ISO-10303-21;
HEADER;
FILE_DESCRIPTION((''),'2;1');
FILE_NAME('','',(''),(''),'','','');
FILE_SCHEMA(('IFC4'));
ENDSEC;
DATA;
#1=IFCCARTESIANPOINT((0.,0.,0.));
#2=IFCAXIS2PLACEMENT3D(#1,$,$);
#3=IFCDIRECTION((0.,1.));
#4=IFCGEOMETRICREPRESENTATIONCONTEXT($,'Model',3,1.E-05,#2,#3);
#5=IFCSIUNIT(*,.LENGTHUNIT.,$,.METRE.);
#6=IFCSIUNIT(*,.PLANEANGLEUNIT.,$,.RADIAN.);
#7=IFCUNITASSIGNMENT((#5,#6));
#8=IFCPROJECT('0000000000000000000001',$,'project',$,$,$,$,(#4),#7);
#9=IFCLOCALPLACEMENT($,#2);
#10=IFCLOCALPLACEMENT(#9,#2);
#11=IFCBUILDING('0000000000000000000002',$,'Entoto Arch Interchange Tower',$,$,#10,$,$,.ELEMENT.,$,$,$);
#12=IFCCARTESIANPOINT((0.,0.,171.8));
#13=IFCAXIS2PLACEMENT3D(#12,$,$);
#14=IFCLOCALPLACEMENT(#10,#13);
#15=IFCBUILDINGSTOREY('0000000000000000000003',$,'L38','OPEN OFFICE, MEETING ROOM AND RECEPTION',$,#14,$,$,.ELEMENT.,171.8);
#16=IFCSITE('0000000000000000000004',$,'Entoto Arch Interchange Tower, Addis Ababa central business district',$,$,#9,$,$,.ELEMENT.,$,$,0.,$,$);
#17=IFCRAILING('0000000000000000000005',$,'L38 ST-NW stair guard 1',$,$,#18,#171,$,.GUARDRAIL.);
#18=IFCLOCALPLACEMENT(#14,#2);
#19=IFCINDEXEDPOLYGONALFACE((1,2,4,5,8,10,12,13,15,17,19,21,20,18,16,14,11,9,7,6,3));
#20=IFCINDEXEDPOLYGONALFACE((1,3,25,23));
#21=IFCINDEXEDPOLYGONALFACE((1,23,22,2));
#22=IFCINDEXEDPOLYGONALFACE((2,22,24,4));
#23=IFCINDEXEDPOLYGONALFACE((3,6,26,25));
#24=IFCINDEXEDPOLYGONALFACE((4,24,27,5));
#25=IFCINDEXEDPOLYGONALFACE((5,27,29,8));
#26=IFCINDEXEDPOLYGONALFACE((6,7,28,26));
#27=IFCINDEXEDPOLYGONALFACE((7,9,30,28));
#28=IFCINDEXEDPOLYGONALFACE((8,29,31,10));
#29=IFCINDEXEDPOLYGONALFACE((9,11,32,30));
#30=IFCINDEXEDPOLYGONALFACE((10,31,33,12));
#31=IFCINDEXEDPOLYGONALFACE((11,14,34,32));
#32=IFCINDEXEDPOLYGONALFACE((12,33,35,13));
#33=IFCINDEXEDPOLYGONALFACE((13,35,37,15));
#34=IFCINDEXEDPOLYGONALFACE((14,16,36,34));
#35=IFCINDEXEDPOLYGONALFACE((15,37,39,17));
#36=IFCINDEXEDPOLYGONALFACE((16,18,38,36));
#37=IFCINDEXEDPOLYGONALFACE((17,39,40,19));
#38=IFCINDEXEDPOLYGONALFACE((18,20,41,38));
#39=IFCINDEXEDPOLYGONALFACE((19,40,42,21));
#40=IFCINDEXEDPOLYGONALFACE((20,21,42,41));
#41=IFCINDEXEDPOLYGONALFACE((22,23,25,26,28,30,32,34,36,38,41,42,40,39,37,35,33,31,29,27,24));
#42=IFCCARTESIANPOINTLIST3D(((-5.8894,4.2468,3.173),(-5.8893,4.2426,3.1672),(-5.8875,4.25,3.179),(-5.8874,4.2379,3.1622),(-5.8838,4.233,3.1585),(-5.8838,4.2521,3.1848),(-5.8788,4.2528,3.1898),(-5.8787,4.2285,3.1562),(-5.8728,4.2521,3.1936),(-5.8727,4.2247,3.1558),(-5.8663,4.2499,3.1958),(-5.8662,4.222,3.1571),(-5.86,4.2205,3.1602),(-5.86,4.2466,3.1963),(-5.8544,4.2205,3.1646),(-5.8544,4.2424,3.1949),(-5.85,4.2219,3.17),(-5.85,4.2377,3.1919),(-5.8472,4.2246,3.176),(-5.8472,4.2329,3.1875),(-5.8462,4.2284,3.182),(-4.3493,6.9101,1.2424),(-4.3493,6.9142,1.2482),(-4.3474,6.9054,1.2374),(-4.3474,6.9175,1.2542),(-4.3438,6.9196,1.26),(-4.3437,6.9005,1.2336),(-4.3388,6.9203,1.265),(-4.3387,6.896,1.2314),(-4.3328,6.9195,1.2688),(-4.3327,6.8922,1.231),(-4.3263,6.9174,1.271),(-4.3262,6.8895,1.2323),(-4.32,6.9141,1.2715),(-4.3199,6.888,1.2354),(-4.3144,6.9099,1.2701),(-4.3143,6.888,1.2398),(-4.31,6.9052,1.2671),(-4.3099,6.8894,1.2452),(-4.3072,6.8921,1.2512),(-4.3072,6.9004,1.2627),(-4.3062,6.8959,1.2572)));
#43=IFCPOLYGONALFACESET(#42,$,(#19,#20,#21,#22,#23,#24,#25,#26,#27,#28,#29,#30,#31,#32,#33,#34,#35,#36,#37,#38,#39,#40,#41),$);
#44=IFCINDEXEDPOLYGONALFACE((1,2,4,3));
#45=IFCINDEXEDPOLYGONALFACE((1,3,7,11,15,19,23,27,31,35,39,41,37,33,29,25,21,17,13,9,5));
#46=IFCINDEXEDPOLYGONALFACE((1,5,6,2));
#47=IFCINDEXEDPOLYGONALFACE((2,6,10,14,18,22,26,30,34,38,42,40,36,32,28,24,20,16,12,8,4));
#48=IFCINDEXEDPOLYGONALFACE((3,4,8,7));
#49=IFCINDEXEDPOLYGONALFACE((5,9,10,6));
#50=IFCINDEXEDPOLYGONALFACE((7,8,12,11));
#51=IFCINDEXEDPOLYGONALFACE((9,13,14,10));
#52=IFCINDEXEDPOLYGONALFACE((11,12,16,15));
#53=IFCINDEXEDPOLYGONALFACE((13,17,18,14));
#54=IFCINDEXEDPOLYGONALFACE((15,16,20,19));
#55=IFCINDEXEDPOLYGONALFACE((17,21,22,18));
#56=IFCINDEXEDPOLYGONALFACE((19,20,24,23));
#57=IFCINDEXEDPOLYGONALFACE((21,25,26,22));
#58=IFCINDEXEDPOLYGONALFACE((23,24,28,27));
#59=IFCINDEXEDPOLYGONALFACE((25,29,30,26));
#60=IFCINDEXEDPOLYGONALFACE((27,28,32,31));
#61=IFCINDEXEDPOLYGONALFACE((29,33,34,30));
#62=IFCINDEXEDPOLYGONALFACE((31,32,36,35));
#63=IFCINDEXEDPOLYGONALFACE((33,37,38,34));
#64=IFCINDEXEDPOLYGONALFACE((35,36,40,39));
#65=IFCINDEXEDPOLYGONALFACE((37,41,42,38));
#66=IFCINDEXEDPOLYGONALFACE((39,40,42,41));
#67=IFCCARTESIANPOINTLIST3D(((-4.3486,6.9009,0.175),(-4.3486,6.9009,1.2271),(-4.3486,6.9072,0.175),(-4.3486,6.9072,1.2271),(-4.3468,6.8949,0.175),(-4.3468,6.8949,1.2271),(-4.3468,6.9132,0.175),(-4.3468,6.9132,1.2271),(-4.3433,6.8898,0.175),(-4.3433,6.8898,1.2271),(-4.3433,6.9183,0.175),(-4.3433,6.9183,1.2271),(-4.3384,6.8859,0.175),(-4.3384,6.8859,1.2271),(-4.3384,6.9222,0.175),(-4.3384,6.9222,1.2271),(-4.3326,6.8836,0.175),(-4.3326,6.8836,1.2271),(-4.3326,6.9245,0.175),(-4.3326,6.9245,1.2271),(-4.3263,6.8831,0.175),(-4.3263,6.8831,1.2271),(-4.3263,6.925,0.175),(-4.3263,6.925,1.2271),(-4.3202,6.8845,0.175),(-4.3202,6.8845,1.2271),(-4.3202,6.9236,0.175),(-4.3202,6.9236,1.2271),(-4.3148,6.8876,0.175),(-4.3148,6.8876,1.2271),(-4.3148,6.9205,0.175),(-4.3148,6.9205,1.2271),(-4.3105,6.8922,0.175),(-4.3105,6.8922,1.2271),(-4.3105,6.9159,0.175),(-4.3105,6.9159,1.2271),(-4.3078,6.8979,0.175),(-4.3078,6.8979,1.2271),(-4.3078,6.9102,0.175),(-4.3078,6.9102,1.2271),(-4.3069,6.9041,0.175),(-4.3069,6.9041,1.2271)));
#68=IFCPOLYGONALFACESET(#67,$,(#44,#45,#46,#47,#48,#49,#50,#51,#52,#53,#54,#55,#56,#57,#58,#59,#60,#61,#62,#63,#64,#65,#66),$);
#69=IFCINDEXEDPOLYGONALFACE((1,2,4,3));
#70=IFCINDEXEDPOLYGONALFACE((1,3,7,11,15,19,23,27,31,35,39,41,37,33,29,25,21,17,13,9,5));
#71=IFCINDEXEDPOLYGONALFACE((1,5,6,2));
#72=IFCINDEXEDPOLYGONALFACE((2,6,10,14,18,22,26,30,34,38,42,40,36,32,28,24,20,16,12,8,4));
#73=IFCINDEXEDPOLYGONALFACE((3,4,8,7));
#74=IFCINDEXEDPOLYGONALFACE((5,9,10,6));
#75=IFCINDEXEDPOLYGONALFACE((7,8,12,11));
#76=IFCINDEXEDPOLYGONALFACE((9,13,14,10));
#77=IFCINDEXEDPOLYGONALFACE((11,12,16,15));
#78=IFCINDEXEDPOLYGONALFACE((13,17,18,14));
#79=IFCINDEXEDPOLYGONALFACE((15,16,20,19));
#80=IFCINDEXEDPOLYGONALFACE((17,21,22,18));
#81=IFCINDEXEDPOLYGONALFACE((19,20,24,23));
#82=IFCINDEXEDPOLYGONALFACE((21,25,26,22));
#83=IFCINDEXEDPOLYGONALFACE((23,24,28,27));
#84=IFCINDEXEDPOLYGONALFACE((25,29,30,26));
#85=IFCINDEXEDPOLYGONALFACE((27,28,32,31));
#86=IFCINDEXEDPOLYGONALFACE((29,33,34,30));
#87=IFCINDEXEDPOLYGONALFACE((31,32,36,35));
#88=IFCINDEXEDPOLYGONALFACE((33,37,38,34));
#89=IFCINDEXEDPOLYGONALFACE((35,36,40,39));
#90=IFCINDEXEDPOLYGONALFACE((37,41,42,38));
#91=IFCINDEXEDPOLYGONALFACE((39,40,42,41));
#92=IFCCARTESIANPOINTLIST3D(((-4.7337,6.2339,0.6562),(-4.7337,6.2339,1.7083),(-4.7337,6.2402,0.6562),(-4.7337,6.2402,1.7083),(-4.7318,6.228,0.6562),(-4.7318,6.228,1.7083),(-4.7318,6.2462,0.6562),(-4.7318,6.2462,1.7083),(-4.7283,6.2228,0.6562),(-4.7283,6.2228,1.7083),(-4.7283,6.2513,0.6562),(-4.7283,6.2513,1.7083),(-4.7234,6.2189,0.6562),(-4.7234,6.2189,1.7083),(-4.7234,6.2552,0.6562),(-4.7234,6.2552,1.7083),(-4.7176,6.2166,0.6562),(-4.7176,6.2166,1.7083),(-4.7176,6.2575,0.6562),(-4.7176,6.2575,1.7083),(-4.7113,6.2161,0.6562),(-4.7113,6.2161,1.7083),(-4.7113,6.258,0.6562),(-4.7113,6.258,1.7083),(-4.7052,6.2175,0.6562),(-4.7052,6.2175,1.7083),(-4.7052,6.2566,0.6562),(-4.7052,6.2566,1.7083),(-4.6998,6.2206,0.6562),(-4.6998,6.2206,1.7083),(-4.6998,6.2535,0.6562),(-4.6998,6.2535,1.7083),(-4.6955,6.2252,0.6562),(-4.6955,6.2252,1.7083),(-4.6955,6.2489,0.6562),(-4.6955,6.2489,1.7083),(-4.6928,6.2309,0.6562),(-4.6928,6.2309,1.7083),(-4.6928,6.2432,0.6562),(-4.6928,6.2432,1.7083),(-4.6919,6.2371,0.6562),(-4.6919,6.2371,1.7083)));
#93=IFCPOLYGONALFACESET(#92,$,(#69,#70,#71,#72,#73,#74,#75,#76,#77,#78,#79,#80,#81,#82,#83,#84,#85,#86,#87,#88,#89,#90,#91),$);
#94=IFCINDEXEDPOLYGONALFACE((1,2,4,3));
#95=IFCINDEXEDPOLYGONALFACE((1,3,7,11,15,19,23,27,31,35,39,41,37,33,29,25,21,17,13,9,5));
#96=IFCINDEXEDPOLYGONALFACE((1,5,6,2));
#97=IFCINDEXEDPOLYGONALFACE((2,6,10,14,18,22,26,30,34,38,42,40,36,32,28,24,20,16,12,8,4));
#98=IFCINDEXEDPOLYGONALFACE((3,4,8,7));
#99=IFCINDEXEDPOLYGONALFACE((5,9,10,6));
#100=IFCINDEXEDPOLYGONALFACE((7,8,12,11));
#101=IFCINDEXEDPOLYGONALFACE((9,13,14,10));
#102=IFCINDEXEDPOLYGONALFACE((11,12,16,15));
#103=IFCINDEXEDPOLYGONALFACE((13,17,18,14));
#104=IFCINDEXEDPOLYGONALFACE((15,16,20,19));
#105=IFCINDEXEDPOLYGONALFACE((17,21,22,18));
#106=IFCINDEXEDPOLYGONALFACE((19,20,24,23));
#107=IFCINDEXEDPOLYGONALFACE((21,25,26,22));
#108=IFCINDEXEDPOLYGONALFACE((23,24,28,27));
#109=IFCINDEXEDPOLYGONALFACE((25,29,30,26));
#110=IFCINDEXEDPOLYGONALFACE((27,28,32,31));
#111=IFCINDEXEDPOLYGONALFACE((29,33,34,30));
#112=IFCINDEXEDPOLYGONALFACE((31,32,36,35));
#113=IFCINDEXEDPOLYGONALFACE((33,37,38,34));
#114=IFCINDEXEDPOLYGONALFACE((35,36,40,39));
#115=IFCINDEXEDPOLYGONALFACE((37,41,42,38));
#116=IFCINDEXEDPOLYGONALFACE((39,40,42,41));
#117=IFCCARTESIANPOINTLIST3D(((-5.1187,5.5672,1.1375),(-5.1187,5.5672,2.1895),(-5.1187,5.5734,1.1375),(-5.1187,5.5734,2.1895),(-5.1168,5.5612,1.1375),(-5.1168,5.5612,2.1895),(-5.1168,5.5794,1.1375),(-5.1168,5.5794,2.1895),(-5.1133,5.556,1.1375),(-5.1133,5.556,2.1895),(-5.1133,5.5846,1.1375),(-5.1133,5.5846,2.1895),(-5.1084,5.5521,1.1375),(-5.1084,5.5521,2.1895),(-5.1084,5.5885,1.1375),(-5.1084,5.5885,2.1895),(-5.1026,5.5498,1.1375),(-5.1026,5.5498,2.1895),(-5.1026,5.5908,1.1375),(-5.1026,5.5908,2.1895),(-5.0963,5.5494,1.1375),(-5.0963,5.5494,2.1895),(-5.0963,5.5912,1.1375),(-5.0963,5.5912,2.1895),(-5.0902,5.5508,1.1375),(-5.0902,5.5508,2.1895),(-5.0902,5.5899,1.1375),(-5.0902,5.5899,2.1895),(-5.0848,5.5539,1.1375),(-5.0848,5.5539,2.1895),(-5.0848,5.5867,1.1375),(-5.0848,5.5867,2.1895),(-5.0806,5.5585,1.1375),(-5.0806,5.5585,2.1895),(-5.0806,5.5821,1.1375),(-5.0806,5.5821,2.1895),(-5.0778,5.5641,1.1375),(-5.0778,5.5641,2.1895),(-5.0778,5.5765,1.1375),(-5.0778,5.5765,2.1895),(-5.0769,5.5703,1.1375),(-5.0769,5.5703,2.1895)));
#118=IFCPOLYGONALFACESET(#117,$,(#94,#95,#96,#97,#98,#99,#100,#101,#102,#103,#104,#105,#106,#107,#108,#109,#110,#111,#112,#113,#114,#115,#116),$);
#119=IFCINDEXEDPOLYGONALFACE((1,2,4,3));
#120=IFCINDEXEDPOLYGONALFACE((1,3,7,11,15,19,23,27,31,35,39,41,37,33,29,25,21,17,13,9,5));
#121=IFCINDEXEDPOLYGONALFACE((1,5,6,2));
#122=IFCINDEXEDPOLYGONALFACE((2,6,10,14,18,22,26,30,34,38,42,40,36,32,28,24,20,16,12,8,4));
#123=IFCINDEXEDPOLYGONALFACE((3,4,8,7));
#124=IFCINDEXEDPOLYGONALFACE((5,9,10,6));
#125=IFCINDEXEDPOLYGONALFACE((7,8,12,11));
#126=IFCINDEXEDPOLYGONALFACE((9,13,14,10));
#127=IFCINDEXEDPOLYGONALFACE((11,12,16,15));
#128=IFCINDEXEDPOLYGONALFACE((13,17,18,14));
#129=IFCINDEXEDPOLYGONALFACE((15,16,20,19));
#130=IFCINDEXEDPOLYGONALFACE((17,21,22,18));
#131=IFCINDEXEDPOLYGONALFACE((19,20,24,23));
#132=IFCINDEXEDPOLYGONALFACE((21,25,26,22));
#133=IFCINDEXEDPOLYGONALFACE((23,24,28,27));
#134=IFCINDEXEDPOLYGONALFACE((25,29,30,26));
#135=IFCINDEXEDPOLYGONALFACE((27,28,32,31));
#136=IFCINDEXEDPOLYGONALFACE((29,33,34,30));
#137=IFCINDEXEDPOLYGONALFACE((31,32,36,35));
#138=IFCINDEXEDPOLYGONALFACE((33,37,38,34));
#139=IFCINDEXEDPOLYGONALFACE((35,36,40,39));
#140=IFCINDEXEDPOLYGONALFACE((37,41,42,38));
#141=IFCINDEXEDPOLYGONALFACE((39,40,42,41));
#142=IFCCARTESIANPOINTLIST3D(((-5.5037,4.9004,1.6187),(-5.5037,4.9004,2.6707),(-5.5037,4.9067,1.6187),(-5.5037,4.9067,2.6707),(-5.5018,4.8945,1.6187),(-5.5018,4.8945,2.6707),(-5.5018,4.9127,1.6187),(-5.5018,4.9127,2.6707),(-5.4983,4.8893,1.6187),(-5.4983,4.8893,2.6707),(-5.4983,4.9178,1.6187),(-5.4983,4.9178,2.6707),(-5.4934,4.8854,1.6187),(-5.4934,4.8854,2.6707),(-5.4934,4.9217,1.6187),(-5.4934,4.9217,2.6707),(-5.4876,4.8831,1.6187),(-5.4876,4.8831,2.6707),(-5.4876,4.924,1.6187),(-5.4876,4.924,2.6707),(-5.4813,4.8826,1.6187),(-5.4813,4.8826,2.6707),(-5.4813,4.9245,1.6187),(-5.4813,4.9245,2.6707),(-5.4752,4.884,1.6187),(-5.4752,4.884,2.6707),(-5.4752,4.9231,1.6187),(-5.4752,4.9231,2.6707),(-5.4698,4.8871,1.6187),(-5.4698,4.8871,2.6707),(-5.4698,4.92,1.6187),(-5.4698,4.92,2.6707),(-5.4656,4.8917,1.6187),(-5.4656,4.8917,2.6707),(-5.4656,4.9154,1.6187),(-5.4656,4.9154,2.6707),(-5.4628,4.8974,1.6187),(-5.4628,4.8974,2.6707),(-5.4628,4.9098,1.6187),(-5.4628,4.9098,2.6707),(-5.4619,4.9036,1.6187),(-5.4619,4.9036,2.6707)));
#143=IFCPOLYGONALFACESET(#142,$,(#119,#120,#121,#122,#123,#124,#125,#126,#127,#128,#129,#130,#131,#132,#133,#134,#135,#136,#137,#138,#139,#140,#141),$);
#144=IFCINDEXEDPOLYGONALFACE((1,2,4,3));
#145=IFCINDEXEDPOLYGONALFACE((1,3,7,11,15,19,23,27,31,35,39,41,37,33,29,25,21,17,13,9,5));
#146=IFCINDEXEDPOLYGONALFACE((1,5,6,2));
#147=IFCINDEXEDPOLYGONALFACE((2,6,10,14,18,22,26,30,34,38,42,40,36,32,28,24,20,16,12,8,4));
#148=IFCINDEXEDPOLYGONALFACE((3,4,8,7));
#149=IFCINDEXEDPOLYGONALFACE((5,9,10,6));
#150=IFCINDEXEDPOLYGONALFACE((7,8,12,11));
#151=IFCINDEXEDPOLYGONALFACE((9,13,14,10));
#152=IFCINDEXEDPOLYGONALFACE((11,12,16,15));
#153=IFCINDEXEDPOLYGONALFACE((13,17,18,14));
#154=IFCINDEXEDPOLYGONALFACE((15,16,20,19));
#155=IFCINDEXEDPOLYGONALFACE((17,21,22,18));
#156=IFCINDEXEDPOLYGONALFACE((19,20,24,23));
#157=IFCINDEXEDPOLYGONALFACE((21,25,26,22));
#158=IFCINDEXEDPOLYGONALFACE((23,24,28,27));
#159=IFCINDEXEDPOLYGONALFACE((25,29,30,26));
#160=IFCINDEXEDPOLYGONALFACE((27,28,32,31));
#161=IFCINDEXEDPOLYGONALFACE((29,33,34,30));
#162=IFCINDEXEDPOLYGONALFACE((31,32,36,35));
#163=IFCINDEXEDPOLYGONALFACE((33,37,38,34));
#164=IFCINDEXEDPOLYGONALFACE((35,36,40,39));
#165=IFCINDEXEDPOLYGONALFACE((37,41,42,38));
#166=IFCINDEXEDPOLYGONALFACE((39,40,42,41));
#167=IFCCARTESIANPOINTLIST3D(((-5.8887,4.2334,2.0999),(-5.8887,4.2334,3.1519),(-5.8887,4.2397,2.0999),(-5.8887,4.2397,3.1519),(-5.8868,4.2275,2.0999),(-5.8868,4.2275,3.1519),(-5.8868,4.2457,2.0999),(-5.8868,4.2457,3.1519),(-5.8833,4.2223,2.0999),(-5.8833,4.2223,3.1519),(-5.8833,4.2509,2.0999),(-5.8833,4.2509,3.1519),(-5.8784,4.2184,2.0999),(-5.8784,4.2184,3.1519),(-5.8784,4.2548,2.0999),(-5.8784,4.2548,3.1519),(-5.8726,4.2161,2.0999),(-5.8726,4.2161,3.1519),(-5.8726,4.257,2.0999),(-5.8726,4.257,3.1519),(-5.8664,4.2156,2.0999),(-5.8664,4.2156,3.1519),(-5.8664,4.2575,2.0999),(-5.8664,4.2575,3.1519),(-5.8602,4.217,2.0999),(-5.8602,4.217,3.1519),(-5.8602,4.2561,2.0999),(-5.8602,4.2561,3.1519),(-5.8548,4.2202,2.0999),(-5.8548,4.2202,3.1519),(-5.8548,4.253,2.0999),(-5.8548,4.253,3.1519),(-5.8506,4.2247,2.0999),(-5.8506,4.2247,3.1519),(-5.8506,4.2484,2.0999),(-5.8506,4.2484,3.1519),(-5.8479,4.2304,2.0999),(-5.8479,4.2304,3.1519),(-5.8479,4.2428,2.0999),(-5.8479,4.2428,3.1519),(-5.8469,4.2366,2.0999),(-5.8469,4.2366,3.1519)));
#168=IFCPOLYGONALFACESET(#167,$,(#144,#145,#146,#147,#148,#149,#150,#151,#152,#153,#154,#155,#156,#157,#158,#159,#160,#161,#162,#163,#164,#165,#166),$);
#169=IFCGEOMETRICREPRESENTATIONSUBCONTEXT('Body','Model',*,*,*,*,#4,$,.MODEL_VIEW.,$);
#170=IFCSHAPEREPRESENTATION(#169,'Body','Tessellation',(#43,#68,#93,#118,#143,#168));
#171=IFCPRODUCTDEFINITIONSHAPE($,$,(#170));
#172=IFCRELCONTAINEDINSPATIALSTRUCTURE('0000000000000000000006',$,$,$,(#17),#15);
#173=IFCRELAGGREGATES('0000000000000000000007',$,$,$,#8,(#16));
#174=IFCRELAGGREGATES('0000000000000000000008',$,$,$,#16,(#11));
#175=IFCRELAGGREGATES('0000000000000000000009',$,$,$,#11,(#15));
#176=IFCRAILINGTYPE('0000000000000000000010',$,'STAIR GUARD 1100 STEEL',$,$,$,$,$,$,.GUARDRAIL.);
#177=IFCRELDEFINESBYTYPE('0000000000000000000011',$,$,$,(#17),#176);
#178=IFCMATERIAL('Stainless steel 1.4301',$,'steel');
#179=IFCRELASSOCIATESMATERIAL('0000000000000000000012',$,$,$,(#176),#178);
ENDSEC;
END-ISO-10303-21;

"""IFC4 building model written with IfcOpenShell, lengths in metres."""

from ifc_helpers import new_model, si_unit, direction, frame, origin, origin_2d, place, context, subcontext, project, spatial, circle, extrude, material, type_object, element, save


model = new_model("IFC4")

# Units and contexts
model_context = context("Model", 3, precision=1e-05, world=origin(), true_north=direction((0.0, 1.0)))
body_context = subcontext(model_context, "Body", "Model", "MODEL_VIEW")
ifc_project = project(units=[si_unit("LENGTHUNIT", "METRE"), si_unit("PLANEANGLEUNIT", "RADIAN")], contexts=[model_context])

# Site, building, storey
site_placement = place(None, origin())
site = spatial("IfcSite", under=ifc_project, at=site_placement, Name="Entoto Arch Interchange Tower, Addis Ababa central business district", CompositionType="ELEMENT", RefElevation=0.0)
building_placement = place(site_placement, origin())
building = spatial("IfcBuilding", under=site, at=building_placement, Name="Entoto Arch Interchange Tower", CompositionType="ELEMENT")
storey_placement = place(building_placement, frame((0.0, 0.0, 171.8)))
storey = spatial("IfcBuildingStorey", under=building, at=storey_placement, Name="L38", Description="OPEN OFFICE, MEETING ROOM AND RECEPTION", CompositionType="ELEMENT", Elevation=171.8)

# Railing
ifc_material_1 = material(Name="Stainless steel 1.4301", Category="steel")
railing_type_1 = type_object("IfcRailingType", Name="STAIR GUARD 1100 STEEL", PredefinedType="GUARDRAIL", material=ifc_material_1)
railing_1_placement = place(storey_placement, frame((-4.3279, 6.9041, 0.175)))
element("IfcRailing", 1, at=railing_1_placement, inside=storey, type_object=railing_type_1, Name="L38 ST-NW stair guard 1", PredefinedType="GUARDRAIL", context=body_context, shape_type="SweptSolid", body=[
    extrude(circle(Radius=0.0239, at=origin_2d()), frame((0.0, 0.0, 1.0762), z_axis=(-0.42401, -0.734421, 0.529945), x_axis=(0.86603, -0.499992, 0.0)), (0.0, 0.0, 1.0), 3.6321),
    extrude(circle(Radius=0.021, at=origin_2d()), origin(), (0.0, 0.0, 1.0), 1.052),
    extrude(circle(Radius=0.021, at=origin_2d()), frame((-0.385, -0.667, 0.4812)), (0.0, 0.0, 1.0), 1.052),
    extrude(circle(Radius=0.021, at=origin_2d()), frame((-0.77, -1.3337, 0.9624)), (0.0, 0.0, 1.0), 1.052),
    extrude(circle(Radius=0.021, at=origin_2d()), frame((-1.155, -2.0005, 1.4436)), (0.0, 0.0, 1.0), 1.052),
    extrude(circle(Radius=0.021, at=origin_2d()), frame((-1.54, -2.6675, 1.9248)), (0.0, 0.0, 1.0), 1.052),
])

save(model, "model.ifc")
